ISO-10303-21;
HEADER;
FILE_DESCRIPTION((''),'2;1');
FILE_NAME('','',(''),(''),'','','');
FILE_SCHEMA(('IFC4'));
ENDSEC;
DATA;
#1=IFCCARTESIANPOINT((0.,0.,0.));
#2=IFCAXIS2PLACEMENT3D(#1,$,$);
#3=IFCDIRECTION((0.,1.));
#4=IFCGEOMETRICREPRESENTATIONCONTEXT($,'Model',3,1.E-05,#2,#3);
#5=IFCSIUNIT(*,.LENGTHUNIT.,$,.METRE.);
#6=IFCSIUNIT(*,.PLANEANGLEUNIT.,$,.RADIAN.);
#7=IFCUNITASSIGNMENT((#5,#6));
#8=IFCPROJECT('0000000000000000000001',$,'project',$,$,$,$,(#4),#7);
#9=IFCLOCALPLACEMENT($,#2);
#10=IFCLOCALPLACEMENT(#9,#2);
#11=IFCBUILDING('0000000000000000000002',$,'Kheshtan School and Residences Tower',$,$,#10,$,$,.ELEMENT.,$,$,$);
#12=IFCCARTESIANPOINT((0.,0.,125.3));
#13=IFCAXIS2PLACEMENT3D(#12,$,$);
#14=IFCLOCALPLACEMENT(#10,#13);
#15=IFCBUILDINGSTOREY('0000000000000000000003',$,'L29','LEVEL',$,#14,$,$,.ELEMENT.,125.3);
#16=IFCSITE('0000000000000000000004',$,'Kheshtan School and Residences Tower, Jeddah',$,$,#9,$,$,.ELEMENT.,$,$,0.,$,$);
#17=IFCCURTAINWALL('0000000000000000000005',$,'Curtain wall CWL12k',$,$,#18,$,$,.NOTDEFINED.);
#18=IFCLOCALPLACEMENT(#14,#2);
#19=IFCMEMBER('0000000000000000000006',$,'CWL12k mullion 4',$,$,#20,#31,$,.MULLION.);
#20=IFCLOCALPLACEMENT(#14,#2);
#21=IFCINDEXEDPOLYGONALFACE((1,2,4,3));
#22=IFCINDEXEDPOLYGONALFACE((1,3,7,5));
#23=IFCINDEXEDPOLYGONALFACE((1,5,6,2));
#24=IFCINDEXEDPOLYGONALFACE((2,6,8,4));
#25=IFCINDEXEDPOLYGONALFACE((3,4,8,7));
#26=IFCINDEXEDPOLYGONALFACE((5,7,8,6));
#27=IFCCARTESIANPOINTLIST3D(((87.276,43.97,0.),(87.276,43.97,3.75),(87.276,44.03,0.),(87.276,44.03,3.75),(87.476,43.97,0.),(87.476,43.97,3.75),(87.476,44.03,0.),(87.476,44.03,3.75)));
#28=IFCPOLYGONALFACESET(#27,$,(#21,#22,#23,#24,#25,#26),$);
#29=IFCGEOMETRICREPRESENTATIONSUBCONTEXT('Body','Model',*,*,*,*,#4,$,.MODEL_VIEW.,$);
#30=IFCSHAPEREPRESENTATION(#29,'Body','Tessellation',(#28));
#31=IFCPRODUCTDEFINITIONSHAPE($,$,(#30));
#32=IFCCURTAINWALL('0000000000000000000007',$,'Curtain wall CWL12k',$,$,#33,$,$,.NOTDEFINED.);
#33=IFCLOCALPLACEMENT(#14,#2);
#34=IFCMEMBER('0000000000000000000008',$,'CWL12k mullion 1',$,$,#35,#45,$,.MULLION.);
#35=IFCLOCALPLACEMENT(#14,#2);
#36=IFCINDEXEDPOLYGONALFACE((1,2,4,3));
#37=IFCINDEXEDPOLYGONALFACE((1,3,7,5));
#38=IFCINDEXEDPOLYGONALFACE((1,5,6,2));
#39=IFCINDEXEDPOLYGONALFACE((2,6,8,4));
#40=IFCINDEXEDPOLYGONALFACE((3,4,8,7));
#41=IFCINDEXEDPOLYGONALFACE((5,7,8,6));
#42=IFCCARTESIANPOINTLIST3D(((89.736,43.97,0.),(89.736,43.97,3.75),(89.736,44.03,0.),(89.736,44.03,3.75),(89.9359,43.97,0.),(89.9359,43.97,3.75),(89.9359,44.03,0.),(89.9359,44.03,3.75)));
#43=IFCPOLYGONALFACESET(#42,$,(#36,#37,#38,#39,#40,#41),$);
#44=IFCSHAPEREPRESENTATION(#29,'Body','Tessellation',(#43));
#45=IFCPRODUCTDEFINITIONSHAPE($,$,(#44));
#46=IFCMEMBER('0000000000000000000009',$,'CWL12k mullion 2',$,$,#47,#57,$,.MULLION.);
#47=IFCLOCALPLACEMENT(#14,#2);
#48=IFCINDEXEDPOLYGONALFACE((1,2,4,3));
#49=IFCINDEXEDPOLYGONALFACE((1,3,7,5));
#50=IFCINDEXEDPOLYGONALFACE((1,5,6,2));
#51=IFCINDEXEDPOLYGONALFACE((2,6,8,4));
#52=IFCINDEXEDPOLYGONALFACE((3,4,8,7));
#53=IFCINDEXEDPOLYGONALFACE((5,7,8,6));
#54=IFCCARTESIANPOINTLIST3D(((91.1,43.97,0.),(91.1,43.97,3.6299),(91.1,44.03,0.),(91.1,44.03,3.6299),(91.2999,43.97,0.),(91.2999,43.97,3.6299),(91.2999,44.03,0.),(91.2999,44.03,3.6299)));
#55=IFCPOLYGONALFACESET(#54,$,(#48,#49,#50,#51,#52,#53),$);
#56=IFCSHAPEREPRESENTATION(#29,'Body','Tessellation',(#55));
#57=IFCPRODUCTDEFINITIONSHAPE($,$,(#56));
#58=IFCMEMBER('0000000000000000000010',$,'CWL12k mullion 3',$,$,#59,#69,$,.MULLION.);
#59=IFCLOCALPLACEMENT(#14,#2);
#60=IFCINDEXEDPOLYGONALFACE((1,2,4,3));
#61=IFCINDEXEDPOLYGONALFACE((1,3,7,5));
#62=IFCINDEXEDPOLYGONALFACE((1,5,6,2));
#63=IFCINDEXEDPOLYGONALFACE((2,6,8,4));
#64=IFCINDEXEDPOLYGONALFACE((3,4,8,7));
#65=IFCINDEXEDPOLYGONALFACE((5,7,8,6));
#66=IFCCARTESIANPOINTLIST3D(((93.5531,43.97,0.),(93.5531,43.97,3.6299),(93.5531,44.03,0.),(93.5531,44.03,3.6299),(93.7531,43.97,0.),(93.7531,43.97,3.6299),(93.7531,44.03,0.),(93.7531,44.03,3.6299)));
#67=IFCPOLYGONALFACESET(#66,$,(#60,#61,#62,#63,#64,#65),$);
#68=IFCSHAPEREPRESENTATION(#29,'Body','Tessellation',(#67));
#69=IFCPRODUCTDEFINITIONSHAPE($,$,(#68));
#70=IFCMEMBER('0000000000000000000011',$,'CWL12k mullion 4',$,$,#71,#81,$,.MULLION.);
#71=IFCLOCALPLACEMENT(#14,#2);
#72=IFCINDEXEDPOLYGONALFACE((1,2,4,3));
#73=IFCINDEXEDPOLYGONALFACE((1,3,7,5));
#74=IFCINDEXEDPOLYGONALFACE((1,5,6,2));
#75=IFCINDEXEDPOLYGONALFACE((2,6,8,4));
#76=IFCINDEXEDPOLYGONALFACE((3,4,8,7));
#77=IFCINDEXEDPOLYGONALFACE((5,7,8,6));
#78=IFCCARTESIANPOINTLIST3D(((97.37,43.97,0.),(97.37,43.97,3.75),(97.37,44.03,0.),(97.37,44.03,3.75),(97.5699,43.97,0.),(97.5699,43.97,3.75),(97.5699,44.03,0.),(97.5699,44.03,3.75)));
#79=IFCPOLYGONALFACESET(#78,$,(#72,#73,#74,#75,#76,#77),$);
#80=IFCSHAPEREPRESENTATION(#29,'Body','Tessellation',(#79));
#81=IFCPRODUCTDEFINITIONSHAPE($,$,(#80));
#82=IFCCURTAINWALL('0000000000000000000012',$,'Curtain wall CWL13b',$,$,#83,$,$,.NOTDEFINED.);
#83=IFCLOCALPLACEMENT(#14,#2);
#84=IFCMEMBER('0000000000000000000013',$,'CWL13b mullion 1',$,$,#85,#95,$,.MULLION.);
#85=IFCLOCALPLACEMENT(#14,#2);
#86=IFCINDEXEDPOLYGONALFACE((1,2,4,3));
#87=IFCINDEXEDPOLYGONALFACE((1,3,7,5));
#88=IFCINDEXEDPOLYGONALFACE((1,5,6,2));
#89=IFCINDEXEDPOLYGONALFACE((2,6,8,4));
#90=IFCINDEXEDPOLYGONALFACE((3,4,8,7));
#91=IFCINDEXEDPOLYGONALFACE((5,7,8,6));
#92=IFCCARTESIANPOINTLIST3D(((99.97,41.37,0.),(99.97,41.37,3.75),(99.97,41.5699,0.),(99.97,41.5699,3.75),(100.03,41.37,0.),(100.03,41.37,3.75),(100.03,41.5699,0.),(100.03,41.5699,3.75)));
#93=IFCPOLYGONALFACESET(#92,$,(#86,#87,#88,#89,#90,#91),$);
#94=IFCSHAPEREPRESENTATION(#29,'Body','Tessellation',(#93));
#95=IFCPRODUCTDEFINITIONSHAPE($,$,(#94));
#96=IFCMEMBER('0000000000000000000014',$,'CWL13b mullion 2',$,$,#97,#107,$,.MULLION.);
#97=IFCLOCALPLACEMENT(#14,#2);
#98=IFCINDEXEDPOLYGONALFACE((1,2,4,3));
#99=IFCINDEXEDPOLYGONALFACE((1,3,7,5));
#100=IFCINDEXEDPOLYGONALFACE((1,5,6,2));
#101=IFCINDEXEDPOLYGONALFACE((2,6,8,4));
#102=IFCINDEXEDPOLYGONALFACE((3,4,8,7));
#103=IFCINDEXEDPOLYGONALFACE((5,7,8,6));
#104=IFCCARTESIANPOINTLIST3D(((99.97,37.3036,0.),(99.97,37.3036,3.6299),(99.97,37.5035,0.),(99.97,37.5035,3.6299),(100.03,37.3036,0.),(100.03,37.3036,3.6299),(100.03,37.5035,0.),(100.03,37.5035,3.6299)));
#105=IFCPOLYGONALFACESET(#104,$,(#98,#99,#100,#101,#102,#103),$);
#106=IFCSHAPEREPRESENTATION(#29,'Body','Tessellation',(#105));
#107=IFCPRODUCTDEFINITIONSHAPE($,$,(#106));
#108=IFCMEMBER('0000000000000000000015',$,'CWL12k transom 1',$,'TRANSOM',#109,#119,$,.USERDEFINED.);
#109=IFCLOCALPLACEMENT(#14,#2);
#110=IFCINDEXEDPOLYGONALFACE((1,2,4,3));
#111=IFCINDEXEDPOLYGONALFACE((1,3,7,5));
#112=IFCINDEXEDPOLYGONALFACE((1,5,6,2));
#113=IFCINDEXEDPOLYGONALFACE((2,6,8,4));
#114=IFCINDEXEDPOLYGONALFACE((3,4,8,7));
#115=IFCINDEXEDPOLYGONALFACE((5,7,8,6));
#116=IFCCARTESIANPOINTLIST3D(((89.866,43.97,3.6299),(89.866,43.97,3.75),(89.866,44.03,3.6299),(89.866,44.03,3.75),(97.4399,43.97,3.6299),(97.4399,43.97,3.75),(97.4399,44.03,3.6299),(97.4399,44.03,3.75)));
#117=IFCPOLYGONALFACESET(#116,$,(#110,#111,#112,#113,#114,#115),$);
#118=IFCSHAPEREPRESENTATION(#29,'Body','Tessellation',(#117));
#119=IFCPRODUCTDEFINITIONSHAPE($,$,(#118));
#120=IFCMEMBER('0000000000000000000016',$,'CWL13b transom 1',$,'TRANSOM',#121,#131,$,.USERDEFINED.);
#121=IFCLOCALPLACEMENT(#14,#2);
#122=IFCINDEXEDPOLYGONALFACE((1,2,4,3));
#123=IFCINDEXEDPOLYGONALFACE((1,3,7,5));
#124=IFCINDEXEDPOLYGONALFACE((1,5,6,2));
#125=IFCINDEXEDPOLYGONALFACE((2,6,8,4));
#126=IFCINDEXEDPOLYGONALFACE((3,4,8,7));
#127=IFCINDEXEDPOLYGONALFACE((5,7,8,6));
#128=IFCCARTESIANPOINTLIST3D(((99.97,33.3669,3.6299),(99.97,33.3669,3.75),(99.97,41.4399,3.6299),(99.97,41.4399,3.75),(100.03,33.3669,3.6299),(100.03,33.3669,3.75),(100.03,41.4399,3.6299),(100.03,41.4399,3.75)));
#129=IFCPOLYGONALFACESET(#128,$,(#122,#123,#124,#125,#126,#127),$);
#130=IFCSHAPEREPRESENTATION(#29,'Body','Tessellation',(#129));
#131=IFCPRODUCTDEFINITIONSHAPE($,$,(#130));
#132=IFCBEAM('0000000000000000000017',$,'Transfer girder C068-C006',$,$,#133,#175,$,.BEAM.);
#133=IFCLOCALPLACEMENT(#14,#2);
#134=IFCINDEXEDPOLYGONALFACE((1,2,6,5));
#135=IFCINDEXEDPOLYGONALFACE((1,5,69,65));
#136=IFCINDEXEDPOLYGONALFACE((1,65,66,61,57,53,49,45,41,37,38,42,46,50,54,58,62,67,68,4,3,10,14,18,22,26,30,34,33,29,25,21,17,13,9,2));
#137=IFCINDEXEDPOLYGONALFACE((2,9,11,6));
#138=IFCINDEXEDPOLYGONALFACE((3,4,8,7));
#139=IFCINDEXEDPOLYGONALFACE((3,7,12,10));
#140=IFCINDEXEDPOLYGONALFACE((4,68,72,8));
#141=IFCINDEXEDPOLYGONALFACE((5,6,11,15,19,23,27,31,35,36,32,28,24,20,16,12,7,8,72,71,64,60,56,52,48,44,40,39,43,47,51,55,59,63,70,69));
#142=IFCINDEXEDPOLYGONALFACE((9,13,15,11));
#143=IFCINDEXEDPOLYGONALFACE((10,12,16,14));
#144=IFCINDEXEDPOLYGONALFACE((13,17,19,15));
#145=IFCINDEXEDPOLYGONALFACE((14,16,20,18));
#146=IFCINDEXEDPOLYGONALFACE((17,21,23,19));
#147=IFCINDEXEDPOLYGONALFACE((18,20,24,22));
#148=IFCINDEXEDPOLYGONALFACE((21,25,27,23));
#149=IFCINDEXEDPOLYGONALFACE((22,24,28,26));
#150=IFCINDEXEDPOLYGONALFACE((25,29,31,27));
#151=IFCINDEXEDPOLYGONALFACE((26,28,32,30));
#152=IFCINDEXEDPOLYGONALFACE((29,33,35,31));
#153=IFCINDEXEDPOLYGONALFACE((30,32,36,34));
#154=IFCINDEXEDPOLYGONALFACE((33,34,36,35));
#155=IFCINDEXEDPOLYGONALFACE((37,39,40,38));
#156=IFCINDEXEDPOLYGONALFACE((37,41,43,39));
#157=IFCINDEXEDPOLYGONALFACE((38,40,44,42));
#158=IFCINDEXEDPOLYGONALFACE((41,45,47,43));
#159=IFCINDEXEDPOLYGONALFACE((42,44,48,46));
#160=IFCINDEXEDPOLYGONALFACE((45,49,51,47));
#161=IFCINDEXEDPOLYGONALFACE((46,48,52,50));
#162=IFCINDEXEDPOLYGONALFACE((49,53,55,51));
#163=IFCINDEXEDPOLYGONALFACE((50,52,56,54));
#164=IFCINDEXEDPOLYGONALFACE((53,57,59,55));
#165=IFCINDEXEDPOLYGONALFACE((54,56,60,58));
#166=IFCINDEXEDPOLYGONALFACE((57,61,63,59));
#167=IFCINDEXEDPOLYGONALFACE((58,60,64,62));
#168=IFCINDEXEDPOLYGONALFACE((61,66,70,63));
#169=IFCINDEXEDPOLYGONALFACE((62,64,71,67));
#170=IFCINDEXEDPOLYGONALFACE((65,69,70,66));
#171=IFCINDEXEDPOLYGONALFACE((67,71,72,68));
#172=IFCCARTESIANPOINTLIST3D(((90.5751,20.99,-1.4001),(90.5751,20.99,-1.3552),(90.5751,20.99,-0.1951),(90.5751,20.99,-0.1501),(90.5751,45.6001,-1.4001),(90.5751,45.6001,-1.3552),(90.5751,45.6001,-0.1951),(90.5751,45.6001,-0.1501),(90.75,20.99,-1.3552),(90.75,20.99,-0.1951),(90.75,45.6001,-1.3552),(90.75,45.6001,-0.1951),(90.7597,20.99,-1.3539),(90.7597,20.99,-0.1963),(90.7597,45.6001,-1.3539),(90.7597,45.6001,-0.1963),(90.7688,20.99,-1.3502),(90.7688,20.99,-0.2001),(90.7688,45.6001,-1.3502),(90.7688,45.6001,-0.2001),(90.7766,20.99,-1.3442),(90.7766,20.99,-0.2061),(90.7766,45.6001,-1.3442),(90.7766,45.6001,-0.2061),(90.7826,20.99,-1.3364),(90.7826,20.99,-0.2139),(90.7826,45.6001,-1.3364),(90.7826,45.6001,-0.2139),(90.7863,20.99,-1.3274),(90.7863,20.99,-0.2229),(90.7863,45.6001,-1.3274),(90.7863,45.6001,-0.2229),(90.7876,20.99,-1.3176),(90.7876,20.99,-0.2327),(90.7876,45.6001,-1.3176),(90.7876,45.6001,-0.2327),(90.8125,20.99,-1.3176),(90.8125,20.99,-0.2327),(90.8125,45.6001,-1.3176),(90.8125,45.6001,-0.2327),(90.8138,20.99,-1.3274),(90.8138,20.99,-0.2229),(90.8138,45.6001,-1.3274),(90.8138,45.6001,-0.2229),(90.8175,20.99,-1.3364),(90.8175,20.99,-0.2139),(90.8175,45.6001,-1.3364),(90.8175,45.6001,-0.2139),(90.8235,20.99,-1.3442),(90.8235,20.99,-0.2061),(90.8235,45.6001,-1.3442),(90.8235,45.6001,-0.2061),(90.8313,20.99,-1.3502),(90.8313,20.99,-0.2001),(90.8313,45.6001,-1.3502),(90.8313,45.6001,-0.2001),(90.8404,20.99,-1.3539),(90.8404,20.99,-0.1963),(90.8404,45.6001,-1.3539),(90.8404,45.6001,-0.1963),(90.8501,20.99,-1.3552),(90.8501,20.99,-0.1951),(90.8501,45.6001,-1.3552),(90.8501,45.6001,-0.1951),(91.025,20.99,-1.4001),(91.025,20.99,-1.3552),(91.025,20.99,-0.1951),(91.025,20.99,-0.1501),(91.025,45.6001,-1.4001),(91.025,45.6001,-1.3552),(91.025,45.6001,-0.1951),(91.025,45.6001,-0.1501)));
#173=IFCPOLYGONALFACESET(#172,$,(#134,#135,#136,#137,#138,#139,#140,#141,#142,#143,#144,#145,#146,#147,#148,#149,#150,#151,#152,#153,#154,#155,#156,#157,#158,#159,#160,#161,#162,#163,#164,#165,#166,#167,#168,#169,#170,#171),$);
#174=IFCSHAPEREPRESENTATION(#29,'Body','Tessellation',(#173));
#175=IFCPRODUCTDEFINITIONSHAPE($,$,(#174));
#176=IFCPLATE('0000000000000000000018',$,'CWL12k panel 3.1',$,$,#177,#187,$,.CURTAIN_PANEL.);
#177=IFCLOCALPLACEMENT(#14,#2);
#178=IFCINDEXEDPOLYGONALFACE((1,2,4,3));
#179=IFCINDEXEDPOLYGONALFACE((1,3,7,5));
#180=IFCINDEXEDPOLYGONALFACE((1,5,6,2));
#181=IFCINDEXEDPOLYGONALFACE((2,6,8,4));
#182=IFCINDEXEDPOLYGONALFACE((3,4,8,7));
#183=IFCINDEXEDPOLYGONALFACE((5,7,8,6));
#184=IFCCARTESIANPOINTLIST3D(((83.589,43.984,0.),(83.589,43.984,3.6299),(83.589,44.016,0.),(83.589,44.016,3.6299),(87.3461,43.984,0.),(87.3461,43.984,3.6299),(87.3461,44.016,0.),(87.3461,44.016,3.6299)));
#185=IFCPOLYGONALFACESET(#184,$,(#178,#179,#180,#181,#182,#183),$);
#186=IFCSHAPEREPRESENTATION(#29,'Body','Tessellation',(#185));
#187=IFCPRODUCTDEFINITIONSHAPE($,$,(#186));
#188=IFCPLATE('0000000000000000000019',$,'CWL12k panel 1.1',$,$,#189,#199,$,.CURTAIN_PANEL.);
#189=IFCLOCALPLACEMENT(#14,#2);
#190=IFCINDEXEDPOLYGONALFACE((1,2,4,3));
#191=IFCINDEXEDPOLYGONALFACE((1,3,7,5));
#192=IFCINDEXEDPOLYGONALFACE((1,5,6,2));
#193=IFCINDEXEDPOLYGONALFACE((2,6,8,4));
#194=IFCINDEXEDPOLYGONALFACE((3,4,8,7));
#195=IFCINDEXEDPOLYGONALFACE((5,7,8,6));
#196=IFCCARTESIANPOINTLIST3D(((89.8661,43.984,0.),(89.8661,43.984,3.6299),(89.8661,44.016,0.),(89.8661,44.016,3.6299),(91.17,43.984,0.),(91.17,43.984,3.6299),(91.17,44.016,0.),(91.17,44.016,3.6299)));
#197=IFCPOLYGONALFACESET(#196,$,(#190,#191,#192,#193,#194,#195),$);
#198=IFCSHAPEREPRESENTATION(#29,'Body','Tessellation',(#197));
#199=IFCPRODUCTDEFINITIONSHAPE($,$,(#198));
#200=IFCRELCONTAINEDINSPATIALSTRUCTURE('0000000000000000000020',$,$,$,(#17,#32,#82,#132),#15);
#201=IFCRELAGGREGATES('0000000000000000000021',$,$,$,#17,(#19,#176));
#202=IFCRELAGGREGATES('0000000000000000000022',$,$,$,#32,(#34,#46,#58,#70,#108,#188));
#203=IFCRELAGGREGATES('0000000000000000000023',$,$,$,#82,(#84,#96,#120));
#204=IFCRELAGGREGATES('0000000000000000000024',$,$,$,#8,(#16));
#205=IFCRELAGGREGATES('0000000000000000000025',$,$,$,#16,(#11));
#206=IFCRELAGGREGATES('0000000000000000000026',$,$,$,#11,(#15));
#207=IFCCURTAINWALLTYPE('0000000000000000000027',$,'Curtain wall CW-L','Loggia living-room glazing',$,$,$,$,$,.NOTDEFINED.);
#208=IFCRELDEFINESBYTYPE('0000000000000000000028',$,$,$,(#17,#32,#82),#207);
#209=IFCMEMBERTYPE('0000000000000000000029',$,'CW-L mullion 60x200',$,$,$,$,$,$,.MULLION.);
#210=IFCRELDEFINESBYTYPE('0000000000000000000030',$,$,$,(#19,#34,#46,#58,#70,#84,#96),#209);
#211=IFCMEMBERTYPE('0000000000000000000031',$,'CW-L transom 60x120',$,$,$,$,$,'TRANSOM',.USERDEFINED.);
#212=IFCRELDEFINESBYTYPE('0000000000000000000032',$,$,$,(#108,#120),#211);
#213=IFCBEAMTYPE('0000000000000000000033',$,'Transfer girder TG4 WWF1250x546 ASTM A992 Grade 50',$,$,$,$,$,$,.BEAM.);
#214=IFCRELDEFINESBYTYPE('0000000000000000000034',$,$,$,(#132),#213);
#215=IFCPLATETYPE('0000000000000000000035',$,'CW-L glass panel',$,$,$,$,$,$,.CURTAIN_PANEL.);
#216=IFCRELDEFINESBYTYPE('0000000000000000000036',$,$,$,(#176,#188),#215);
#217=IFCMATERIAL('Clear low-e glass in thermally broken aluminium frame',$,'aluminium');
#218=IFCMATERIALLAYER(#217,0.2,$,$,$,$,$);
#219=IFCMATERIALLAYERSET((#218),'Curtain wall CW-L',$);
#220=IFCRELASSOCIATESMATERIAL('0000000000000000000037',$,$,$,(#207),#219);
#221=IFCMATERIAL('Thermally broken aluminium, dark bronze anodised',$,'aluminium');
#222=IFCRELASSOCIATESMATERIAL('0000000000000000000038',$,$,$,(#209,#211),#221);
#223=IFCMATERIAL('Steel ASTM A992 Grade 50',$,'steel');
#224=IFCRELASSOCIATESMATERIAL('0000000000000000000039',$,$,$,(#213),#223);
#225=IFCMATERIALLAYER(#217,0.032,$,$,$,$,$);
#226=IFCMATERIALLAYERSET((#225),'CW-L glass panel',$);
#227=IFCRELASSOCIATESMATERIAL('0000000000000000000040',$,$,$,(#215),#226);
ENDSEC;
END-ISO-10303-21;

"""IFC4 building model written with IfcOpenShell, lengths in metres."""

from ifc_helpers import new_model, si_unit, direction, frame, origin, origin_2d, place, context, subcontext, project, spatial, rectangle, i_section, extrude, material, layer, layer_set, material_profile, profile_set, type_object, element, aggregate, save


model = new_model("IFC4")

# Units and contexts
model_context = context("Model", 3, precision=1e-05, world=origin(), true_north=direction((0.0, 1.0)))
body_context = subcontext(model_context, "Body", "Model", "MODEL_VIEW")
ifc_project = project(units=[si_unit("LENGTHUNIT", "METRE"), si_unit("PLANEANGLEUNIT", "RADIAN")], contexts=[model_context])

# Site, building, storey
site_placement = place(None, origin())
site = spatial("IfcSite", under=ifc_project, at=site_placement, Name="Kheshtan School and Residences Tower, Jeddah", CompositionType="ELEMENT", RefElevation=0.0)
building_placement = place(site_placement, origin())
building = spatial("IfcBuilding", under=site, at=building_placement, Name="Kheshtan School and Residences Tower", CompositionType="ELEMENT")
storey_placement = place(building_placement, frame((0.0, 0.0, 125.3)))
storey = spatial("IfcBuildingStorey", under=building, at=storey_placement, Name="L29", Description="LEVEL", CompositionType="ELEMENT", Elevation=125.3)

# Shared definitions
ifc_material_1 = material(Name="Steel ASTM A992 Grade 50", Category="steel")

# Curtain wall, member
ifc_material_2 = material(Name="Clear low-e glass in thermally broken aluminium frame", Category="aluminium")
ifc_layer_1 = layer(ifc_material_2, 0.2)
ifc_layer_set_1 = layer_set([ifc_layer_1], Name="Curtain wall CW-L")
curtain_wall_type = type_object("IfcCurtainWallType", Name="Curtain wall CW-L", Description="Loggia living-room glazing", PredefinedType="NOTDEFINED", material=ifc_layer_set_1)
curtain_wall_1_placement = place(storey_placement, origin())
curtain_wall_1 = element("IfcCurtainWall", 1, at=curtain_wall_1_placement, inside=storey, type_object=curtain_wall_type, Name="Curtain wall CWL12k", PredefinedType="NOTDEFINED")
ifc_material_3 = material(Name="Thermally broken aluminium, dark bronze anodised", Category="aluminium")
ifc_material_profile_1 = material_profile(ifc_material_3, rectangle(XDim=0.0601, YDim=0.2, at=origin_2d()), Name="CW-L mullion 60x200")
ifc_profile_set_1 = profile_set([ifc_material_profile_1], Name="Thermally broken aluminium, dark bronze anodised")
member_type_1 = type_object("IfcMemberType", Name="CW-L mullion 60x200", PredefinedType="MULLION", material=ifc_profile_set_1)
member_1_placement = place(storey_placement, frame((87.376, 44.0, 0.0), z_axis=(0.0, 0.0, 1.0), x_axis=(0.0, 1.0, 0.0)))
member_1 = element("IfcMember", 2, at=member_1_placement, type_object=member_type_1, Name="CWL12k mullion 4", PredefinedType="MULLION", context=body_context, shape_type="SweptSolid", body=[
    extrude(rectangle(XDim=0.0601, YDim=0.2, at=origin_2d()), origin(), (0.0, 0.0, 1.0), 3.75),
])

# Curtain walls, members
curtain_wall_2_placement = place(storey_placement, origin())
curtain_wall_2 = element("IfcCurtainWall", 3, at=curtain_wall_2_placement, inside=storey, type_object=curtain_wall_type, Name="Curtain wall CWL12k", PredefinedType="NOTDEFINED")
member_2_placement = place(storey_placement, frame((89.8359, 44.0, 0.0), z_axis=(0.0, 0.0, 1.0), x_axis=(0.0, 1.0, 0.0)))
member_2 = element("IfcMember", 4, at=member_2_placement, type_object=member_type_1, Name="CWL12k mullion 1", PredefinedType="MULLION", context=body_context, shape_type="SweptSolid", body=[
    extrude(rectangle(XDim=0.0601, YDim=0.2, at=origin_2d()), origin(), (0.0, 0.0, 1.0), 3.75),
])
member_3_placement = place(storey_placement, frame((91.2, 44.0, 0.0), z_axis=(0.0, 0.0, 1.0), x_axis=(0.0, 1.0, 0.0)))
member_3 = element("IfcMember", 5, at=member_3_placement, type_object=member_type_1, Name="CWL12k mullion 2", PredefinedType="MULLION", context=body_context, shape_type="SweptSolid", body=[
    extrude(rectangle(XDim=0.0601, YDim=0.2, at=origin_2d()), origin(), (0.0, 0.0, 1.0), 3.6299),
])
member_4_placement = place(storey_placement, frame((93.6531, 44.0, 0.0), z_axis=(0.0, 0.0, 1.0), x_axis=(0.0, 1.0, 0.0)))
member_4 = element("IfcMember", 6, at=member_4_placement, type_object=member_type_1, Name="CWL12k mullion 3", PredefinedType="MULLION", context=body_context, shape_type="SweptSolid", body=[
    extrude(rectangle(XDim=0.0601, YDim=0.2, at=origin_2d()), origin(), (0.0, 0.0, 1.0), 3.6299),
])
member_5_placement = place(storey_placement, frame((97.47, 44.0, 0.0), z_axis=(0.0, 0.0, 1.0), x_axis=(0.0, 1.0, 0.0)))
member_5 = element("IfcMember", 7, at=member_5_placement, type_object=member_type_1, Name="CWL12k mullion 4", PredefinedType="MULLION", context=body_context, shape_type="SweptSolid", body=[
    extrude(rectangle(XDim=0.0601, YDim=0.2, at=origin_2d()), origin(), (0.0, 0.0, 1.0), 3.75),
])
curtain_wall_3_placement = place(storey_placement, origin())
curtain_wall_3 = element("IfcCurtainWall", 8, at=curtain_wall_3_placement, inside=storey, type_object=curtain_wall_type, Name="Curtain wall CWL13b", PredefinedType="NOTDEFINED")
member_6_placement = place(storey_placement, frame((100.0, 41.47, 0.0), z_axis=(0.0, 0.0, 1.0), x_axis=(1.0, 0.0, 0.0)))
member_6 = element("IfcMember", 9, at=member_6_placement, type_object=member_type_1, Name="CWL13b mullion 1", PredefinedType="MULLION", context=body_context, shape_type="SweptSolid", body=[
    extrude(rectangle(XDim=0.0601, YDim=0.2, at=origin_2d()), origin(), (0.0, 0.0, 1.0), 3.75),
])
member_7_placement = place(storey_placement, frame((100.0, 37.4036, 0.0), z_axis=(0.0, 0.0, 1.0), x_axis=(1.0, 0.0, 0.0)))
member_7 = element("IfcMember", 10, at=member_7_placement, type_object=member_type_1, Name="CWL13b mullion 2", PredefinedType="MULLION", context=body_context, shape_type="SweptSolid", body=[
    extrude(rectangle(XDim=0.0601, YDim=0.2, at=origin_2d()), origin(), (0.0, 0.0, 1.0), 3.6299),
])

# Members
ifc_material_profile_2 = material_profile(ifc_material_3, rectangle(XDim=0.0601, YDim=0.1201, at=origin_2d()), Name="CW-L transom 60x120")
ifc_profile_set_2 = profile_set([ifc_material_profile_2], Name="Thermally broken aluminium, dark bronze anodised")
member_type_2 = type_object("IfcMemberType", Name="CW-L transom 60x120", ElementType="TRANSOM", PredefinedType="USERDEFINED", material=ifc_profile_set_2)
member_8_placement = place(storey_placement, frame((89.866, 44.0, 3.6899), z_axis=(1.0, 0.0, 0.0), x_axis=(0.0, 1.0, 0.0)))
member_8 = element("IfcMember", 11, at=member_8_placement, type_object=member_type_2, Name="CWL12k transom 1", ObjectType="TRANSOM", PredefinedType="USERDEFINED", context=body_context, shape_type="SweptSolid", body=[
    extrude(rectangle(XDim=0.0601, YDim=0.1201, at=origin_2d()), origin(), (0.0, 0.0, 1.0), 7.574),
])
member_9_placement = place(storey_placement, frame((100.0, 41.4399, 3.6899), z_axis=(0.0, -1.0, 0.0), x_axis=(1.0, 0.0, 0.0)))
member_9 = element("IfcMember", 12, at=member_9_placement, type_object=member_type_2, Name="CWL13b transom 1", ObjectType="TRANSOM", PredefinedType="USERDEFINED", context=body_context, shape_type="SweptSolid", body=[
    extrude(rectangle(XDim=0.0601, YDim=0.1201, at=origin_2d()), origin(), (0.0, 0.0, 1.0), 8.073),
])

# Beam
ifc_material_profile_3 = material_profile(ifc_material_1, i_section(OverallWidth=0.45, OverallDepth=1.25, WebThickness=0.0249, FlangeThickness=0.0449, FilletRadius=0.0376, at=origin_2d()), Name="WWF1250x546")
ifc_profile_set_3 = profile_set([ifc_material_profile_3], Name="Steel ASTM A992 Grade 50")
beam_type_1 = type_object("IfcBeamType", Name="Transfer girder TG4 WWF1250x546 ASTM A992 Grade 50", PredefinedType="BEAM", material=ifc_profile_set_3)
beam_1_placement = place(storey_placement, frame((90.8, 45.6001, -0.7751), z_axis=(0.0, -1.0, 0.0), x_axis=(1.0, 0.0, 0.0)))
element("IfcBeam", 13, at=beam_1_placement, inside=storey, type_object=beam_type_1, Name="Transfer girder C068-C006", PredefinedType="BEAM", context=body_context, shape_type="SweptSolid", body=[
    extrude(i_section(OverallWidth=0.45, OverallDepth=1.25, WebThickness=0.0249, FlangeThickness=0.0449, FilletRadius=0.0376, at=origin_2d()), origin(), (0.0, 0.0, 1.0), 24.6101),
])

# Plates
ifc_layer_2 = layer(ifc_material_2, 0.032)
ifc_layer_set_2 = layer_set([ifc_layer_2], Name="CW-L glass panel")
plate_type = type_object("IfcPlateType", Name="CW-L glass panel", PredefinedType="CURTAIN_PANEL", material=ifc_layer_set_2)
plate_1_placement = place(storey_placement, frame((85.4675, 44.0, 0.0), z_axis=(0.0, 0.0, 1.0), x_axis=(1.0, 0.0, 0.0)))
plate_1 = element("IfcPlate", 14, at=plate_1_placement, type_object=plate_type, Name="CWL12k panel 3.1", PredefinedType="CURTAIN_PANEL", context=body_context, shape_type="SweptSolid", body=[
    extrude(rectangle(XDim=3.7571, YDim=0.032, at=origin_2d()), origin(), (0.0, 0.0, 1.0), 3.6299),
])
aggregate(curtain_wall_1, [member_1, plate_1])
plate_2_placement = place(storey_placement, frame((90.5181, 44.0, 0.0), z_axis=(0.0, 0.0, 1.0), x_axis=(1.0, 0.0, 0.0)))
plate_2 = element("IfcPlate", 15, at=plate_2_placement, type_object=plate_type, Name="CWL12k panel 1.1", PredefinedType="CURTAIN_PANEL", context=body_context, shape_type="SweptSolid", body=[
    extrude(rectangle(XDim=1.304, YDim=0.032, at=origin_2d()), origin(), (0.0, 0.0, 1.0), 3.6299),
])
aggregate(curtain_wall_2, [member_2, member_3, member_4, member_5, member_8, plate_2])
aggregate(curtain_wall_3, [member_6, member_7, member_9])

save(model, "model.ifc")
